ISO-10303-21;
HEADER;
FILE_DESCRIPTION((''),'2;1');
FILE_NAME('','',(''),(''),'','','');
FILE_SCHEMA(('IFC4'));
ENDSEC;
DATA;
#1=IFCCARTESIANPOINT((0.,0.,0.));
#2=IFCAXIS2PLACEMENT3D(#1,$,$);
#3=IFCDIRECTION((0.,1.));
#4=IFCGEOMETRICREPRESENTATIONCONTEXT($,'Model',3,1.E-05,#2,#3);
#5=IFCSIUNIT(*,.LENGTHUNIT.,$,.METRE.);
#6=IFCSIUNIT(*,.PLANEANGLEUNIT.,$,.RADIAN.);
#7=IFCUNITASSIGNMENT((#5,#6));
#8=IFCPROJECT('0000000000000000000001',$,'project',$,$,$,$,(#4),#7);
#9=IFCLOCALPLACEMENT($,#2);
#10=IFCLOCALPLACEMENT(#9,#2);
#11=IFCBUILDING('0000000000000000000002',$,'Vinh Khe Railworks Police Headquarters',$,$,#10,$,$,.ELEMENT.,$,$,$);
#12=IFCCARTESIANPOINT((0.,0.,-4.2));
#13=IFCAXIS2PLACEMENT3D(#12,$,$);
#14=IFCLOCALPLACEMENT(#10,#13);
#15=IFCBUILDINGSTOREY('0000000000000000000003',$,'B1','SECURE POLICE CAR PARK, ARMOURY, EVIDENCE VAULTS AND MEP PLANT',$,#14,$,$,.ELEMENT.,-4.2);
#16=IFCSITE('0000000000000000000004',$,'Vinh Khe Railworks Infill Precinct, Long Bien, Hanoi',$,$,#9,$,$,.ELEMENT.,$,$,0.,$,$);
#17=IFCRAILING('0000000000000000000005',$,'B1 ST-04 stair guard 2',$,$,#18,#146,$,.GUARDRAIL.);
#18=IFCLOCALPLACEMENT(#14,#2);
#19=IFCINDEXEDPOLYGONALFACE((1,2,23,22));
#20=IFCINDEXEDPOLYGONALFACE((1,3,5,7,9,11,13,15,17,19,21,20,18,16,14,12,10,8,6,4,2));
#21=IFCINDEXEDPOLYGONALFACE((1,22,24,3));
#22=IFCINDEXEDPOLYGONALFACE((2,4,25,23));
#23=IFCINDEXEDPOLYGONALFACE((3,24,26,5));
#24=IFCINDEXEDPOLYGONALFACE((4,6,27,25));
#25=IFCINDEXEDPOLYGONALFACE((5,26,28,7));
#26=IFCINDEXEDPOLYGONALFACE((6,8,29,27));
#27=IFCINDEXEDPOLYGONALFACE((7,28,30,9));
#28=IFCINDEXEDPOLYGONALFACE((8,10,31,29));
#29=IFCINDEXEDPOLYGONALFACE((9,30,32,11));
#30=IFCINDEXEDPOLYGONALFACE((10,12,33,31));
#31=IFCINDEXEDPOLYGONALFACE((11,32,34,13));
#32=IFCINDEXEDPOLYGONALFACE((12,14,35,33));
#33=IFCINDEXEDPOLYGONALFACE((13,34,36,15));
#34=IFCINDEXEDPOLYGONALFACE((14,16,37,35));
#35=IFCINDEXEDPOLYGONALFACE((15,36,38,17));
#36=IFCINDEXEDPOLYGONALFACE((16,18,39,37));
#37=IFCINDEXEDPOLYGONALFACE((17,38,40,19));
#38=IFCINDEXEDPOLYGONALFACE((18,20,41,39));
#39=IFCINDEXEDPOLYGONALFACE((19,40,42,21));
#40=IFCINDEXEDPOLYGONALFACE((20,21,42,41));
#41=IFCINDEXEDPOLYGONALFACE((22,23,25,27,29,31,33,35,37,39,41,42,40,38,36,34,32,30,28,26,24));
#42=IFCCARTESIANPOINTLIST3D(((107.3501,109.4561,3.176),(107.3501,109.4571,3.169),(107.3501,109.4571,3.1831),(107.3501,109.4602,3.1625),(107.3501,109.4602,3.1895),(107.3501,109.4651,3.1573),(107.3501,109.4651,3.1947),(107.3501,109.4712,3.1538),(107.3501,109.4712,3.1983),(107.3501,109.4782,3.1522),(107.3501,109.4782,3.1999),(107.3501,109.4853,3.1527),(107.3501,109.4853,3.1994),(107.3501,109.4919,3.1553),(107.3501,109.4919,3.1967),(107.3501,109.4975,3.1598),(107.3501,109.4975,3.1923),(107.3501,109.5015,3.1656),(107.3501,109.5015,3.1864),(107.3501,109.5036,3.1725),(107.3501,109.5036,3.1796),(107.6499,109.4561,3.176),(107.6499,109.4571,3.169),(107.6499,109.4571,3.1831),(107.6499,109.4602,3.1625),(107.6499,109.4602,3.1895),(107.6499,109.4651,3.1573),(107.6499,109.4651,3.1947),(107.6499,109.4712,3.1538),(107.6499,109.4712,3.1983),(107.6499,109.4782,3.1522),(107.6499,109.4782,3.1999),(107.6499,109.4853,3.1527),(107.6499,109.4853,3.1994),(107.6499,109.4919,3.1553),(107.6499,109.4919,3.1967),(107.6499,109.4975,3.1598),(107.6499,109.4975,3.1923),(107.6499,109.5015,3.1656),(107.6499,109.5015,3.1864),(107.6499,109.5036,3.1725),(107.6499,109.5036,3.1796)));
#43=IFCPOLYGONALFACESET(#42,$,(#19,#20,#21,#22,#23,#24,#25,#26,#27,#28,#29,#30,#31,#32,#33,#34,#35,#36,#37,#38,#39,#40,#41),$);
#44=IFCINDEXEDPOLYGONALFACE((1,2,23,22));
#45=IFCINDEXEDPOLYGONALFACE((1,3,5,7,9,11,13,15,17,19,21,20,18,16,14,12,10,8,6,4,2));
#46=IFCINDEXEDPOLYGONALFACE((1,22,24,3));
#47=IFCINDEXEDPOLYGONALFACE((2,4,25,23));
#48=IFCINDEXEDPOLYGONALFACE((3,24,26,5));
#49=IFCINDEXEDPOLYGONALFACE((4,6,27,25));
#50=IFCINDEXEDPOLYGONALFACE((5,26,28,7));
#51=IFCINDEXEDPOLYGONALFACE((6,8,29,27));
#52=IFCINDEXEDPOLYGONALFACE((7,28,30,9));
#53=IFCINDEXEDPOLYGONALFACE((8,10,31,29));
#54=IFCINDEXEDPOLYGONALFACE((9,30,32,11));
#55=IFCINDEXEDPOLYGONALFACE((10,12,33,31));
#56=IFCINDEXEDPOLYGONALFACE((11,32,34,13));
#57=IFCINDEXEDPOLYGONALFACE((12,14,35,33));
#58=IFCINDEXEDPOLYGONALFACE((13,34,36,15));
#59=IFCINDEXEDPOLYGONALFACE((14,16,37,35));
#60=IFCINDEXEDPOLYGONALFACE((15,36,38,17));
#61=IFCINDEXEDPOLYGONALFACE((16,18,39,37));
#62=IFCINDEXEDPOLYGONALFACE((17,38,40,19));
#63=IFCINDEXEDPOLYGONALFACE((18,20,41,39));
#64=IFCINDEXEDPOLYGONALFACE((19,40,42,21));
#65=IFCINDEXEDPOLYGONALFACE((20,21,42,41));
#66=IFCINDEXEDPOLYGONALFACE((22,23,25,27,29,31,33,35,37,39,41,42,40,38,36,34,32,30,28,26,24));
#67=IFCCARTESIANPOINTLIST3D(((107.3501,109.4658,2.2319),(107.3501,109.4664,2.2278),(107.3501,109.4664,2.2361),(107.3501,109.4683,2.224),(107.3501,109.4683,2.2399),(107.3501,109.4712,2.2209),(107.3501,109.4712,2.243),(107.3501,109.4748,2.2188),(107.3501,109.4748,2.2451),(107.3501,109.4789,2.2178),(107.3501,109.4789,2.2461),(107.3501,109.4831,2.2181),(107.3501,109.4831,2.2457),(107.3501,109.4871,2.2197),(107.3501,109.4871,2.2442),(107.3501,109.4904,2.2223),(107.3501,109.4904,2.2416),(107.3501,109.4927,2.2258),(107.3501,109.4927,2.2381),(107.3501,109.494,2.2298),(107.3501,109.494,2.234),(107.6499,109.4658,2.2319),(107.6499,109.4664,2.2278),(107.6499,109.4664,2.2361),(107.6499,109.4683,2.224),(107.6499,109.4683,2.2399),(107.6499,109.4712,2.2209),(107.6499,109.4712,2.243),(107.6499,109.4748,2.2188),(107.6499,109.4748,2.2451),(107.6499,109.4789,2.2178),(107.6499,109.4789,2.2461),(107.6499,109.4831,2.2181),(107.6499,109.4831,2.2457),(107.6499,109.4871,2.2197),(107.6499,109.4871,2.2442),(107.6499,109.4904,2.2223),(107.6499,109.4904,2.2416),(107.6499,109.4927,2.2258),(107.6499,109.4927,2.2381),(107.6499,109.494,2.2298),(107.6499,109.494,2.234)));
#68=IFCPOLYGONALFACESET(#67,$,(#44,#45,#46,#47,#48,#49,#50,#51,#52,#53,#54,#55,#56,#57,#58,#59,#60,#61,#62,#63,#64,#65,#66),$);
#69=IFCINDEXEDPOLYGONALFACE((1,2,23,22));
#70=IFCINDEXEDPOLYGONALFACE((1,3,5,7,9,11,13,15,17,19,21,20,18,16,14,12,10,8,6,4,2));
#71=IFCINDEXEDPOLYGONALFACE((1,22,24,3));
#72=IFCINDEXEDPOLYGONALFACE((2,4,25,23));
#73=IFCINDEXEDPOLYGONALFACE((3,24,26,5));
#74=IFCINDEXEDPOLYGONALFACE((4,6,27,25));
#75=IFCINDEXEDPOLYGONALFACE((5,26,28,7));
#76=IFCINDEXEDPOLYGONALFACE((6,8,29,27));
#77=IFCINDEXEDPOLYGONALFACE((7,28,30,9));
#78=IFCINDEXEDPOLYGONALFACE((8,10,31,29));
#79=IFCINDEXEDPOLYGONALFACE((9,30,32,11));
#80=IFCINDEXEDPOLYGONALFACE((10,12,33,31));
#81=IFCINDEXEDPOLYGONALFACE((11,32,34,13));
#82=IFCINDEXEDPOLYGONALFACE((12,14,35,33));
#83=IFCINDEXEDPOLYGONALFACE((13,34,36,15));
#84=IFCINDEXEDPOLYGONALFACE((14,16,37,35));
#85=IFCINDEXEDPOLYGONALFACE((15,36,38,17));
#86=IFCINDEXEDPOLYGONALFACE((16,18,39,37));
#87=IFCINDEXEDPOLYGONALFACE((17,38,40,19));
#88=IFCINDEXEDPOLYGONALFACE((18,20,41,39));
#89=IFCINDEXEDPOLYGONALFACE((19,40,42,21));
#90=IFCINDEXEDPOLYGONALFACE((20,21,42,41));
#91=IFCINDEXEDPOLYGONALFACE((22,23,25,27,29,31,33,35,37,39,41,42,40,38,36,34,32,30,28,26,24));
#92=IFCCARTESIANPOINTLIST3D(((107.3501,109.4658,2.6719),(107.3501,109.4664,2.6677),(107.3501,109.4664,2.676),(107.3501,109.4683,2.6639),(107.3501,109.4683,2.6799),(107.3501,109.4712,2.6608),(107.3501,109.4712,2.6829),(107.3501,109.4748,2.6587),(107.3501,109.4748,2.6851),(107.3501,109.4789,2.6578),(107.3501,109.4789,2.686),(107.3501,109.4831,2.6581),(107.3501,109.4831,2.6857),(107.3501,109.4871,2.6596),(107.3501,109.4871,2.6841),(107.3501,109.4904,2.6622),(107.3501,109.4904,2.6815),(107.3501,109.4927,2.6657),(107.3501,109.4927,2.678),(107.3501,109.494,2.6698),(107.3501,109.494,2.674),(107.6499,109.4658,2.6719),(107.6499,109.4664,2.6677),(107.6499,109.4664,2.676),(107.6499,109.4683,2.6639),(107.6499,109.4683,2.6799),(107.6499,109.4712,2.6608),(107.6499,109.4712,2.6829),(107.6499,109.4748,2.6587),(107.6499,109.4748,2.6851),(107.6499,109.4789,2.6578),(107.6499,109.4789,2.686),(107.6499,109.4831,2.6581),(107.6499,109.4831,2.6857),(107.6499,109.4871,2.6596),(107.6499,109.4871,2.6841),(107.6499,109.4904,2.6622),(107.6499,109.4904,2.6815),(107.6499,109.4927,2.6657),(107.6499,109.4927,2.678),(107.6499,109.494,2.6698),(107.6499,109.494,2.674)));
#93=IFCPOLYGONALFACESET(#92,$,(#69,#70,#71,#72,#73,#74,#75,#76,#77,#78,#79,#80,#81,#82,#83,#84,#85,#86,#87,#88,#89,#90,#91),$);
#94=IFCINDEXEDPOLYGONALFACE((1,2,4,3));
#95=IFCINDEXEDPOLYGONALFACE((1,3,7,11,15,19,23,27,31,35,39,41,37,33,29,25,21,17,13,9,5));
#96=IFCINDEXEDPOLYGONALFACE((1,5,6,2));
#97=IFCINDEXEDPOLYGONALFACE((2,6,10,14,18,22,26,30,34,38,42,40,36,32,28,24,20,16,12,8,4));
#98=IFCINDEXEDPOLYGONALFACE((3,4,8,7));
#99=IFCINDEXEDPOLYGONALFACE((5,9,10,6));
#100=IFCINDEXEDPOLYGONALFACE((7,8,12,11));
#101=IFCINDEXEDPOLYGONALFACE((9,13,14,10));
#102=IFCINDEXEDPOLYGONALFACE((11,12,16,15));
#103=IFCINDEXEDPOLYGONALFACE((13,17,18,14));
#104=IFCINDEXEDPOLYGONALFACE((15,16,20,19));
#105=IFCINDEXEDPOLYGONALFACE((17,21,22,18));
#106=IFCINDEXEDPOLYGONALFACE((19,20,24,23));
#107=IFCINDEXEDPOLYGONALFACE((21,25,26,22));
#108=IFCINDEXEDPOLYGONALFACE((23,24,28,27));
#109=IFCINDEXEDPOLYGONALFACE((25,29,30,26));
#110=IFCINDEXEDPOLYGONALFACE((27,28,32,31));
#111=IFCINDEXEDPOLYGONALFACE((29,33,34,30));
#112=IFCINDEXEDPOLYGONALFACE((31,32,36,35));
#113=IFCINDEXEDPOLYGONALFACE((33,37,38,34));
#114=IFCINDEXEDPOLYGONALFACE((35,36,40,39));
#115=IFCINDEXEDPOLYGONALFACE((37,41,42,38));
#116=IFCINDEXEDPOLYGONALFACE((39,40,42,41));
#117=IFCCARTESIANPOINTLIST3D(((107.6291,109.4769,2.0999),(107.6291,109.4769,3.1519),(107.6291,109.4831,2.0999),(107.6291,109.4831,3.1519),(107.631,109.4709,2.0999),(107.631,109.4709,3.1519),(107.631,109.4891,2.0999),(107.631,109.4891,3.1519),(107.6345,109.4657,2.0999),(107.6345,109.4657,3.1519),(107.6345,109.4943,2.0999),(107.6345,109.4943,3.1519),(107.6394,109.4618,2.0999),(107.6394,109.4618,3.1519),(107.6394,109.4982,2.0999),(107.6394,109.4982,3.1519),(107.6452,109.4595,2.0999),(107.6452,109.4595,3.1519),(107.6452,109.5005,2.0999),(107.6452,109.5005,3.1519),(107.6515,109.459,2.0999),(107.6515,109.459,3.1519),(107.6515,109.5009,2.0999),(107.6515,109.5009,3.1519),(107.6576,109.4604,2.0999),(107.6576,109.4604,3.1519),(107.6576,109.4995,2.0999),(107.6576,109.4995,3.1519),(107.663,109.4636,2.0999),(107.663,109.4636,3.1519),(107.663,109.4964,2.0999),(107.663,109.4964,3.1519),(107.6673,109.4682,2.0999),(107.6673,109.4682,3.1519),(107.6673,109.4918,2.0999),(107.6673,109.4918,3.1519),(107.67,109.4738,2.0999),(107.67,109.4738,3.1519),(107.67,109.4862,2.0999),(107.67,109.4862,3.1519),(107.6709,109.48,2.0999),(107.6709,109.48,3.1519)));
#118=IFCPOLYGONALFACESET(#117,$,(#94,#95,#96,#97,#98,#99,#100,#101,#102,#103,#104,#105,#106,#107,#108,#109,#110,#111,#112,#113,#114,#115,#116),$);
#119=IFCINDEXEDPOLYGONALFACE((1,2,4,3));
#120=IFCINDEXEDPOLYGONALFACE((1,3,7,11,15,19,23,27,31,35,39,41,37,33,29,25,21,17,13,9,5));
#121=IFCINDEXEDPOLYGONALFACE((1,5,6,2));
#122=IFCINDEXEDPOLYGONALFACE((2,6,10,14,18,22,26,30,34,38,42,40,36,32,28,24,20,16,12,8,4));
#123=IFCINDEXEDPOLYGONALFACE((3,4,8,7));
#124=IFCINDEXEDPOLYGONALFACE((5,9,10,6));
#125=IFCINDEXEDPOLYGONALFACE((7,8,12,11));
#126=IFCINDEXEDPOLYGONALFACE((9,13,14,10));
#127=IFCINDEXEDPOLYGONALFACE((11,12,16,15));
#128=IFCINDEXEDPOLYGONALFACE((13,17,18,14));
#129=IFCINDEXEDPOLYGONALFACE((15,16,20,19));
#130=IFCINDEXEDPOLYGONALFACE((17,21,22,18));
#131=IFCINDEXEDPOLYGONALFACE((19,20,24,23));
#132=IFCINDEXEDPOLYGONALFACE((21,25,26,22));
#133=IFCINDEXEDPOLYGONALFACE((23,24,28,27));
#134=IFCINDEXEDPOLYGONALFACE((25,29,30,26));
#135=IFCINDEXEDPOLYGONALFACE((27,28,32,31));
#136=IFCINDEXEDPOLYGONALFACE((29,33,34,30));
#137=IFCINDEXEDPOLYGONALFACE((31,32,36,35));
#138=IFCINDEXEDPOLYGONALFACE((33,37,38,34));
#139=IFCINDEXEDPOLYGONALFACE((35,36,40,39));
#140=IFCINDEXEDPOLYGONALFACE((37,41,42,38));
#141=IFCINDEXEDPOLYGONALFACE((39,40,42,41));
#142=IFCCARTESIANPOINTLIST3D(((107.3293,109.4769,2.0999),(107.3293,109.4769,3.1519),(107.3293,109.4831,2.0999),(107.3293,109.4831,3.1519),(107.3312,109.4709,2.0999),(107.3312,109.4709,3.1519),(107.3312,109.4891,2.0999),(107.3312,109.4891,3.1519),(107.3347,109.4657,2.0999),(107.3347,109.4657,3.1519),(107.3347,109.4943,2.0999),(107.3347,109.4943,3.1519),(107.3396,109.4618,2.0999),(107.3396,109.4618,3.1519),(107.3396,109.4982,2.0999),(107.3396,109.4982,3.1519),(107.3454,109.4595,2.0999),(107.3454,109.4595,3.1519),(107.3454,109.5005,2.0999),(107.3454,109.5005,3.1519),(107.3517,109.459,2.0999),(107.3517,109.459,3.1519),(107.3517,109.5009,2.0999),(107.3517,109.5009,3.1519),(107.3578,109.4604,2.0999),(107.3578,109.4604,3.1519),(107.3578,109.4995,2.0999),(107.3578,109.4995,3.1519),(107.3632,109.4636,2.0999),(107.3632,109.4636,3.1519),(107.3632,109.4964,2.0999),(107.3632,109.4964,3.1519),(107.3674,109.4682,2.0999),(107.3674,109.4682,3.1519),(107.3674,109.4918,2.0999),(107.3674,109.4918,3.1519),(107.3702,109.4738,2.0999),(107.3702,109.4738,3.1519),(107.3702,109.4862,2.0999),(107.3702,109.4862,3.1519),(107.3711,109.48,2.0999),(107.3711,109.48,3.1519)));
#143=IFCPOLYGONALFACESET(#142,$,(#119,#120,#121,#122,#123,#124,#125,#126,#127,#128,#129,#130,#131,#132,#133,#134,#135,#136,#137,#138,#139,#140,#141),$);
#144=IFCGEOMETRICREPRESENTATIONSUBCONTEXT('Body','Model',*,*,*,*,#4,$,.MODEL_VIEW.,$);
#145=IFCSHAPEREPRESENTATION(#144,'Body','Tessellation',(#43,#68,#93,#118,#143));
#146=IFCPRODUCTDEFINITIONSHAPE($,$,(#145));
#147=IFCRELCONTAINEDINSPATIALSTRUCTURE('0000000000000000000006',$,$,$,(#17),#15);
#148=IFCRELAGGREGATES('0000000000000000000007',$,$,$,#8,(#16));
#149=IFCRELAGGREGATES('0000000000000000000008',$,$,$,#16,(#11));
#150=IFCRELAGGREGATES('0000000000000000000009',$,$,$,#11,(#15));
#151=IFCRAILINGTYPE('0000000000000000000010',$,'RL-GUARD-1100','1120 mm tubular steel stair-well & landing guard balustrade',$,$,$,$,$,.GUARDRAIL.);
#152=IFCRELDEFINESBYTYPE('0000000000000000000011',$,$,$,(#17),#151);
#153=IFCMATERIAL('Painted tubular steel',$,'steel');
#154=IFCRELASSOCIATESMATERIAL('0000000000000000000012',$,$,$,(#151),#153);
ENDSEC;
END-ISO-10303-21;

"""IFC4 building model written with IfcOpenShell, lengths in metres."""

from ifc_helpers import new_model, si_unit, direction, frame, origin, origin_2d, place, context, subcontext, project, spatial, circle, extrude, material, type_object, element, save


model = new_model("IFC4")

# Units and contexts
model_context = context("Model", 3, precision=1e-05, world=origin(), true_north=direction((0.0, 1.0)))
body_context = subcontext(model_context, "Body", "Model", "MODEL_VIEW")
ifc_project = project(units=[si_unit("LENGTHUNIT", "METRE"), si_unit("PLANEANGLEUNIT", "RADIAN")], contexts=[model_context])

# Site, building, storey
site_placement = place(None, origin())
site = spatial("IfcSite", under=ifc_project, at=site_placement, Name="Vinh Khe Railworks Infill Precinct, Long Bien, Hanoi", CompositionType="ELEMENT", RefElevation=0.0)
building_placement = place(site_placement, origin())
building = spatial("IfcBuilding", under=site, at=building_placement, Name="Vinh Khe Railworks Police Headquarters", CompositionType="ELEMENT")
storey_placement = place(building_placement, frame((0.0, 0.0, -4.2)))
storey = spatial("IfcBuildingStorey", under=building, at=storey_placement, Name="B1", Description="SECURE POLICE CAR PARK, ARMOURY, EVIDENCE VAULTS AND MEP PLANT", CompositionType="ELEMENT", Elevation=-4.2)

# Railing
ifc_material_1 = material(Name="Painted tubular steel", Category="steel")
railing_type_1 = type_object("IfcRailingType", Name="RL-GUARD-1100", Description="1120 mm tubular steel stair-well & landing guard balustrade", PredefinedType="GUARDRAIL", material=ifc_material_1)
railing_1_placement = place(storey_placement, frame((107.6499, 109.48, 2.0999)))
element("IfcRailing", 1, at=railing_1_placement, inside=storey, type_object=railing_type_1, Name="B1 ST-04 stair guard 2", PredefinedType="GUARDRAIL", context=body_context, shape_type="SweptSolid", body=[
    extrude(circle(Radius=0.0239, at=origin_2d()), frame((0.0, 0.0, 1.0762), z_axis=(-1.0, 0.0, 0.0), x_axis=(0.0, -1.0, 0.0)), (0.0, 0.0, 1.0), 0.2998),
    extrude(circle(Radius=0.0142, at=origin_2d()), frame((0.0, 0.0, 0.1321), z_axis=(-1.0, 0.0, 0.0), x_axis=(0.0, -1.0, 0.0)), (0.0, 0.0, 1.0), 0.2998),
    extrude(circle(Radius=0.0142, at=origin_2d()), frame((0.0, 0.0, 0.572), z_axis=(-1.0, 0.0, 0.0), x_axis=(0.0, -1.0, 0.0)), (0.0, 0.0, 1.0), 0.2998),
    extrude(circle(Radius=0.021, at=origin_2d()), origin(), (0.0, 0.0, 1.0), 1.052),
    extrude(circle(Radius=0.021, at=origin_2d()), frame((-0.2998, 0.0, 0.0)), (0.0, 0.0, 1.0), 1.052),
])

save(model, "model.ifc")
